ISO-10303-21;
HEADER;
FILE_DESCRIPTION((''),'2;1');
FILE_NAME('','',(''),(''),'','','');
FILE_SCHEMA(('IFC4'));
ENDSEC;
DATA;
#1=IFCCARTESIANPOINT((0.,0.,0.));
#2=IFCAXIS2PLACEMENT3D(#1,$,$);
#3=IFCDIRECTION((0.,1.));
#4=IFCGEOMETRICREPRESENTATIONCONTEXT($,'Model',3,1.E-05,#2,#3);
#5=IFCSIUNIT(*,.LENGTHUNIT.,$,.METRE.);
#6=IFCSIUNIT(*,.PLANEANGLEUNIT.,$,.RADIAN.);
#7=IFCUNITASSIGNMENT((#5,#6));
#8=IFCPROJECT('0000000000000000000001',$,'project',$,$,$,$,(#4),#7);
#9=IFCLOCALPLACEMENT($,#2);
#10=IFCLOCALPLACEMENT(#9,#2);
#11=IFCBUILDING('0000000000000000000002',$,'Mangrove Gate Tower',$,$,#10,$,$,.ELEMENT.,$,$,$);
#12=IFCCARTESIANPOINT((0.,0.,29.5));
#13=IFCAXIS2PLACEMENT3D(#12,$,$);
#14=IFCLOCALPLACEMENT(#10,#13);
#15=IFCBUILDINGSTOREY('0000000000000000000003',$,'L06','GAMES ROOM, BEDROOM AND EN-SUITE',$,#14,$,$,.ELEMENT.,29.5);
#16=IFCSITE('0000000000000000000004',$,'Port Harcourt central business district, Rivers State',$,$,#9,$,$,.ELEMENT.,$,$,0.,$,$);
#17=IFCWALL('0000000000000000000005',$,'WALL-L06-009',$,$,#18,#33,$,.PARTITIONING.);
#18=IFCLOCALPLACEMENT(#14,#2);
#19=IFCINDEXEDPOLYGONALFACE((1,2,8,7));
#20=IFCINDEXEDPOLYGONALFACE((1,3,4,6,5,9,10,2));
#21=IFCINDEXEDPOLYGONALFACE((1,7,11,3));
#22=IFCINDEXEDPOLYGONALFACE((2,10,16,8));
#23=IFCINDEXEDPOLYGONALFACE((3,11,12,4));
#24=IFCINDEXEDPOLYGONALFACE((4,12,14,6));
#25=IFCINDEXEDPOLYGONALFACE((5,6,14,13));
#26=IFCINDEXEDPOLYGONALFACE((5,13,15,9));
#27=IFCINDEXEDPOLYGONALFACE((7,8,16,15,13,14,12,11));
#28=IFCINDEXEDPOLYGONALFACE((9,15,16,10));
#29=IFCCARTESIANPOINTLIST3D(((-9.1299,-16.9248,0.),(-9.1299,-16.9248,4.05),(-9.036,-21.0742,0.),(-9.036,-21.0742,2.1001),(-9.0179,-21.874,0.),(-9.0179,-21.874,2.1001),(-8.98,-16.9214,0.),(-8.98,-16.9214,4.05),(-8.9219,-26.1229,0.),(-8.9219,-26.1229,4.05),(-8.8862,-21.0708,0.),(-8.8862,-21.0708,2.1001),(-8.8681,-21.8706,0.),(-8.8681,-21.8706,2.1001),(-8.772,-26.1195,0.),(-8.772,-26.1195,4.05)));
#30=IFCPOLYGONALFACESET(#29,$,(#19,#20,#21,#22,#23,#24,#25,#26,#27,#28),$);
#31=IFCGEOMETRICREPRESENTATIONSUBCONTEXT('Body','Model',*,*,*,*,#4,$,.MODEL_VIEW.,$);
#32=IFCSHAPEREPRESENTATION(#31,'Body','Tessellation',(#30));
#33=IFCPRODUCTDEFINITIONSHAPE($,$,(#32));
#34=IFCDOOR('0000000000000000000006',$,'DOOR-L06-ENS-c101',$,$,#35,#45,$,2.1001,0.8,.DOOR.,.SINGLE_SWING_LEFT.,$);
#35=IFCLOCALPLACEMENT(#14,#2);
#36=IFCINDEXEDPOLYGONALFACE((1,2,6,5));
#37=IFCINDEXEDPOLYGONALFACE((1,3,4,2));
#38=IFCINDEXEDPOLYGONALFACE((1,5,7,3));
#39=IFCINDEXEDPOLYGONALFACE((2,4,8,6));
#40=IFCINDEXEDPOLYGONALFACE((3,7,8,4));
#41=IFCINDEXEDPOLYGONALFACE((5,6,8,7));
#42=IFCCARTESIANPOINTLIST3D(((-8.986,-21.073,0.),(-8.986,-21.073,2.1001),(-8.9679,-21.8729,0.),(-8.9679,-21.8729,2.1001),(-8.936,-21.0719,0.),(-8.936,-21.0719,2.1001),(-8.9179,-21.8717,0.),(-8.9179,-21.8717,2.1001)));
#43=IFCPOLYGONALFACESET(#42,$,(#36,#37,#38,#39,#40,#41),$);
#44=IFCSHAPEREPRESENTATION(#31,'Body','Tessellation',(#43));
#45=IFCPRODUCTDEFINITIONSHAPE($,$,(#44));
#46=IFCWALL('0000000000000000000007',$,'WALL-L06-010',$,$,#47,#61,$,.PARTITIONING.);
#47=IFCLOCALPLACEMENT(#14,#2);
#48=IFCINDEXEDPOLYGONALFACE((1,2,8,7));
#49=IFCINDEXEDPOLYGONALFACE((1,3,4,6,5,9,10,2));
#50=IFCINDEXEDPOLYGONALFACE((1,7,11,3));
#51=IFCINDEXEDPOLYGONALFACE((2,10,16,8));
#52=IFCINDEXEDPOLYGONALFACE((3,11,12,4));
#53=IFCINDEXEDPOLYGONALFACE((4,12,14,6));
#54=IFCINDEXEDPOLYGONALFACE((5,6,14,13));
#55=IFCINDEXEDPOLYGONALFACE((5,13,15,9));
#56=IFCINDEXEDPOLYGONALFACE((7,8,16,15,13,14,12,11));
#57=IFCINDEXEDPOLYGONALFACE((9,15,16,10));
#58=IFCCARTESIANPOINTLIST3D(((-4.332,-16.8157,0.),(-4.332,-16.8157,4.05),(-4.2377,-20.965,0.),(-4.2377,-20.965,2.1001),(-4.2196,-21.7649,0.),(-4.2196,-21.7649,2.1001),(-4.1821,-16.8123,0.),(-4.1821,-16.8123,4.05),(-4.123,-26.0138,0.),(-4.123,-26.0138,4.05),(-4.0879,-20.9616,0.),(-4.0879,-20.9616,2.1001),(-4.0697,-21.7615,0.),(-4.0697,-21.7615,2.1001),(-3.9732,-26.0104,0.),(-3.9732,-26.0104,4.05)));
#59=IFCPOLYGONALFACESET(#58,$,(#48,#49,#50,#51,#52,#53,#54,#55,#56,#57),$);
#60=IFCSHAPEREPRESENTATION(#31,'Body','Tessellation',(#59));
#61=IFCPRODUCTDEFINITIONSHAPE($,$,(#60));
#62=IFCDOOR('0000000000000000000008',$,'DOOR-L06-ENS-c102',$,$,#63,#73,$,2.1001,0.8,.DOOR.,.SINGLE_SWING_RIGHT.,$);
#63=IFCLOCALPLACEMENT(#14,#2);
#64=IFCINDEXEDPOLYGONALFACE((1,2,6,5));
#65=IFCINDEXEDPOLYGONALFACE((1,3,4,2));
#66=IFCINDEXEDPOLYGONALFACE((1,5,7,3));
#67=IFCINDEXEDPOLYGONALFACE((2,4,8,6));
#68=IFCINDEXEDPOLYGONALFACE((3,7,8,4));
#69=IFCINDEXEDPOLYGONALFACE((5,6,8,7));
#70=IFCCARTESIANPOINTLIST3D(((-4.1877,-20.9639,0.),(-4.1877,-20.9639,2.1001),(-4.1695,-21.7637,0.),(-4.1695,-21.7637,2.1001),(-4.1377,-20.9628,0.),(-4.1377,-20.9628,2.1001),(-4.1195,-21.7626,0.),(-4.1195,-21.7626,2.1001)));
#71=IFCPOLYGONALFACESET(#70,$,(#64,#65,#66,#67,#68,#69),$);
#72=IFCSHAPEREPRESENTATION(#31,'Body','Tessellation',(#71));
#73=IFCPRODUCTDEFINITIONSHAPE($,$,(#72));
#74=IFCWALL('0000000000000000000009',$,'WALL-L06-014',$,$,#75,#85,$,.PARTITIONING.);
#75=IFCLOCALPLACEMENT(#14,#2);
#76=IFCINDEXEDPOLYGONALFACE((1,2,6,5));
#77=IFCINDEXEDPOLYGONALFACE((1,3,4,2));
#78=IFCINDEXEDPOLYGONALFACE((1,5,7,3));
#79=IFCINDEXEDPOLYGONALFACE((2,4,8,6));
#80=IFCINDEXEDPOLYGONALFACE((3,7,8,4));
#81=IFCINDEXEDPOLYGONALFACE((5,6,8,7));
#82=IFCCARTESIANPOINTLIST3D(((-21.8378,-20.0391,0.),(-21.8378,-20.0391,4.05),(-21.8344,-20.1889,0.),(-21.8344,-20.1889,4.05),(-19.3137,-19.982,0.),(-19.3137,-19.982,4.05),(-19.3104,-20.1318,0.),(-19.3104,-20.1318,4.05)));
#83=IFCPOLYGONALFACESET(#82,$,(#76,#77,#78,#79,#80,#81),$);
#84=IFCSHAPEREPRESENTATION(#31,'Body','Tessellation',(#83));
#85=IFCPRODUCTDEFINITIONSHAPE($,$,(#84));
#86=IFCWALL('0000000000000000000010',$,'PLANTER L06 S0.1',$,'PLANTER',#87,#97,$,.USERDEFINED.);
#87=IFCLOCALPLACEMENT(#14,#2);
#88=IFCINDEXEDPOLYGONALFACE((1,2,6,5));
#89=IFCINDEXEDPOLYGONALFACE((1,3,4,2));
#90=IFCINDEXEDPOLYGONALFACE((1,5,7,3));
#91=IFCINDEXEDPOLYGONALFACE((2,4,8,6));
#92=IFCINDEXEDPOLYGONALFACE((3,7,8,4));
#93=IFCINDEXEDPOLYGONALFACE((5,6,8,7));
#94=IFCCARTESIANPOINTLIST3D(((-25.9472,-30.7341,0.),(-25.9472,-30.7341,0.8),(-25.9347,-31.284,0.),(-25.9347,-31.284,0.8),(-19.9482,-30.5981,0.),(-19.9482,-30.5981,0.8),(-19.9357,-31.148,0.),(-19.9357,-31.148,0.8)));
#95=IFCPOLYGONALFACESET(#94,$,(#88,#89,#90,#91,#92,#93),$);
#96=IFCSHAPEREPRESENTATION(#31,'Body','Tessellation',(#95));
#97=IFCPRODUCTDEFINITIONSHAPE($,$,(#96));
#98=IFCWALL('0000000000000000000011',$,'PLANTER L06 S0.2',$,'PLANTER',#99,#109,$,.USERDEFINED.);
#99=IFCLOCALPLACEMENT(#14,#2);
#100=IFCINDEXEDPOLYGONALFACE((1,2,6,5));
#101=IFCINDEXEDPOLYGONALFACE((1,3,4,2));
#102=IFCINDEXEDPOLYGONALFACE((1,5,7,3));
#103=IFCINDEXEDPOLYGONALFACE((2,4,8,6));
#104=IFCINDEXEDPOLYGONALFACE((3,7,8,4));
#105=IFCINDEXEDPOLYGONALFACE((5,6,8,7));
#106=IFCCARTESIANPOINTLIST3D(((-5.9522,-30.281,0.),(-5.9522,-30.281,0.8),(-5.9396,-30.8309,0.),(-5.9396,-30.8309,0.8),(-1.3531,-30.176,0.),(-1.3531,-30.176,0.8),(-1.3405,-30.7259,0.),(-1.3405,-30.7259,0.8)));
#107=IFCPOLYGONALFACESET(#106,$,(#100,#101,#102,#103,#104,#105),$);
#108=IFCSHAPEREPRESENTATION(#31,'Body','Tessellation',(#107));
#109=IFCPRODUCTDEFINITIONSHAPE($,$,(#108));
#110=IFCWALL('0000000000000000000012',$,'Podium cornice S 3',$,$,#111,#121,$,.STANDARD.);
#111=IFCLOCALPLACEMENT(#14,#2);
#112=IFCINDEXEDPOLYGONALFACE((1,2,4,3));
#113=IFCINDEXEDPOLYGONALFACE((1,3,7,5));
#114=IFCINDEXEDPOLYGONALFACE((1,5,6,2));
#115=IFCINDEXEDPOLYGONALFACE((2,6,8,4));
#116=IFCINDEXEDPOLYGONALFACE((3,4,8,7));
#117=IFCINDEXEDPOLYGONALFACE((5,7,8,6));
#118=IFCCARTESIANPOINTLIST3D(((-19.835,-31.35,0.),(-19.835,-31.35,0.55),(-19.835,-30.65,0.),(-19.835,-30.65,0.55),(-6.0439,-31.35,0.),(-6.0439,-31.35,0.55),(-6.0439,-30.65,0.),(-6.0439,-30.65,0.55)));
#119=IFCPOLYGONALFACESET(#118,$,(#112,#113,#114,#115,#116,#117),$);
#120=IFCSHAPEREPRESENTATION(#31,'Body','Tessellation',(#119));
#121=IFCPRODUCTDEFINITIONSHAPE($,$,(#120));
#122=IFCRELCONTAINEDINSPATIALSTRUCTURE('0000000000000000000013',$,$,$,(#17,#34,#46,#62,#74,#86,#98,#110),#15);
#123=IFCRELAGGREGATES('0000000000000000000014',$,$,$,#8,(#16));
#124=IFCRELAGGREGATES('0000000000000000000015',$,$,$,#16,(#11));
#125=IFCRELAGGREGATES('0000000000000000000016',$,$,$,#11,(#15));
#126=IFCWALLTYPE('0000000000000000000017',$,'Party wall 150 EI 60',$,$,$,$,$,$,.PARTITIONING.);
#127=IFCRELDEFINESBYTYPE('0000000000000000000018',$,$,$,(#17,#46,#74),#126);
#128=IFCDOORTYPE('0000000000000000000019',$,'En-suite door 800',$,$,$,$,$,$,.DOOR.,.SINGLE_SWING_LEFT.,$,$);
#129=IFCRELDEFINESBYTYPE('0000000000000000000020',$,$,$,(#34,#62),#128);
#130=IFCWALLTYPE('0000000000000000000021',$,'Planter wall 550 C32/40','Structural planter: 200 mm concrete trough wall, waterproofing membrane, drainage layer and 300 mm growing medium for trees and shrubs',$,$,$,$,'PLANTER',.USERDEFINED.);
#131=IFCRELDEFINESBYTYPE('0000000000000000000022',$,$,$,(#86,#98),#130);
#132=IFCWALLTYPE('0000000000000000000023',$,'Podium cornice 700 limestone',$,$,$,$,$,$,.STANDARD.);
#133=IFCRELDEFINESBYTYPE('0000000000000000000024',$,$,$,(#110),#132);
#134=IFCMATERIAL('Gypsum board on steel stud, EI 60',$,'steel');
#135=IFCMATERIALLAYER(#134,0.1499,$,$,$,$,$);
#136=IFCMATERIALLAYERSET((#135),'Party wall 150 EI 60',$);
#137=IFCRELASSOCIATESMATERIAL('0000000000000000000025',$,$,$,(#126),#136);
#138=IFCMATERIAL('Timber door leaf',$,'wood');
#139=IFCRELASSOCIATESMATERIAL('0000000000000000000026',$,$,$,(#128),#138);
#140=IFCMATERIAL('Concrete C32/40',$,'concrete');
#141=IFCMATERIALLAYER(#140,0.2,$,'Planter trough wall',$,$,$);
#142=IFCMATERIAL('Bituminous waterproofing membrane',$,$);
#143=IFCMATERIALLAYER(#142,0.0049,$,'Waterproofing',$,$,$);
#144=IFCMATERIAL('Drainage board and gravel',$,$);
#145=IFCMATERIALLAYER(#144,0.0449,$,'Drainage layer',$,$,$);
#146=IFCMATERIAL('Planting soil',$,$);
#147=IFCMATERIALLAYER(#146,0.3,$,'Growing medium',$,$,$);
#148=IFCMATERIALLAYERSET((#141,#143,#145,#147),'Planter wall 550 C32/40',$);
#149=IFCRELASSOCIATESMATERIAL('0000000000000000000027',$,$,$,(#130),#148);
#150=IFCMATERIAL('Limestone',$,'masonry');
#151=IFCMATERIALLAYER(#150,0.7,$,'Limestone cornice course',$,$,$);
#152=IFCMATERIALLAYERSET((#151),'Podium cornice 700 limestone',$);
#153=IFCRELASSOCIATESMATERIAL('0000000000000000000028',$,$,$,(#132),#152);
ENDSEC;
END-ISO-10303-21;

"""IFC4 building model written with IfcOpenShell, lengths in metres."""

from ifc_helpers import new_model, si_unit, direction, frame, frame_2d, origin, place, context, subcontext, project, spatial, rectangle, extrude, material, layer, layer_set, type_object, element, fill, save


model = new_model("IFC4")

# Units and contexts
model_context = context("Model", 3, precision=1e-05, world=origin(), true_north=direction((0.0, 1.0)))
body_context = subcontext(model_context, "Body", "Model", "MODEL_VIEW")
ifc_project = project(units=[si_unit("LENGTHUNIT", "METRE"), si_unit("PLANEANGLEUNIT", "RADIAN")], contexts=[model_context])

# Site, building, storey
site_placement = place(None, origin())
site = spatial("IfcSite", under=ifc_project, at=site_placement, Name="Port Harcourt central business district, Rivers State", CompositionType="ELEMENT", RefElevation=0.0)
building_placement = place(site_placement, origin())
building = spatial("IfcBuilding", under=site, at=building_placement, Name="Mangrove Gate Tower", CompositionType="ELEMENT")
storey_placement = place(building_placement, frame((0.0, 0.0, 29.5)))
storey = spatial("IfcBuildingStorey", under=building, at=storey_placement, Name="L06", Description="GAMES ROOM, BEDROOM AND EN-SUITE", CompositionType="ELEMENT", Elevation=29.5)

# Shared definitions
ifc_material_1 = material(Name="Gypsum board on steel stud, EI 60", Category="steel")
ifc_layer_1 = layer(ifc_material_1, 0.1499)
ifc_layer_set_1 = layer_set([ifc_layer_1], Name="Party wall 150 EI 60")
wall_type_1 = type_object("IfcWallType", Name="Party wall 150 EI 60", PredefinedType="PARTITIONING", material=ifc_layer_set_1)

# Walls, openings, doors
wall_1_placement = place(storey_placement, frame((-8.8469, -26.1211, 0.0), z_axis=(0.0, 0.0, 1.0), x_axis=(-0.022609, 0.999744, 0.0)))
wall_1 = element("IfcWall", 1, at=wall_1_placement, inside=storey, type_object=wall_type_1, Name="WALL-L06-009", PredefinedType="PARTITIONING", context=body_context, shape_type="SweptSolid", body=[
    extrude(rectangle(XDim=9.2004, YDim=0.1499, at=frame_2d((4.6001, 0.0))), origin(), (0.0, 0.0, 1.0), 4.05),
])
opening_1_placement = place(wall_1_placement, frame((4.25, 0.0, 0.0)))
opening_1 = element("IfcOpeningElement", 2, at=opening_1_placement, cuts=wall_1, PredefinedType="OPENING", context=body_context, shape_type="SweptSolid", body=[
    extrude(rectangle(XDim=0.8, YDim=2.1001, at=frame_2d((0.3999, 1.05))), frame((0.0, 0.085, 0.0), z_axis=(0.0, -1.0, 0.0), x_axis=(1.0, 0.0, 0.0)), (0.0, 0.0, 1.0), 0.1699),
])
ifc_material_2 = material(Name="Timber door leaf", Category="wood")
door_type = type_object("IfcDoorType", Name="En-suite door 800", OperationType="SINGLE_SWING_LEFT", PredefinedType="DOOR", material=ifc_material_2)
door_1_placement = place(opening_1_placement, origin())
door_1 = element("IfcDoor", 3, at=door_1_placement, inside=storey, type_object=door_type, Name="DOOR-L06-ENS-c101", OperationType="SINGLE_SWING_LEFT", OverallHeight=2.1001, OverallWidth=0.8, PredefinedType="DOOR", context=body_context, shape_type="SweptSolid", body=[
    extrude(rectangle(XDim=0.8, YDim=2.1001, at=frame_2d((0.3999, 1.05))), frame((0.0, 0.0249, 0.0), z_axis=(0.0, -1.0, 0.0), x_axis=(1.0, 0.0, 0.0)), (0.0, 0.0, 1.0), 0.05),
])
fill(opening_1, door_1)
wall_2_placement = place(storey_placement, frame((-4.0481, -26.012, 0.0), z_axis=(0.0, 0.0, 1.0), x_axis=(-0.022715, 0.999742, 0.0)))
wall_2 = element("IfcWall", 4, at=wall_2_placement, inside=storey, type_object=wall_type_1, Name="WALL-L06-010", PredefinedType="PARTITIONING", context=body_context, shape_type="SweptSolid", body=[
    extrude(rectangle(XDim=9.2004, YDim=0.1499, at=frame_2d((4.6001, 0.0))), origin(), (0.0, 0.0, 1.0), 4.05),
])
opening_2_placement = place(wall_2_placement, frame((4.25, 0.0, 0.0)))
opening_2 = element("IfcOpeningElement", 5, at=opening_2_placement, cuts=wall_2, PredefinedType="OPENING", context=body_context, shape_type="SweptSolid", body=[
    extrude(rectangle(XDim=0.8, YDim=2.1001, at=frame_2d((0.3999, 1.05))), frame((0.0, 0.085, 0.0), z_axis=(0.0, -1.0, 0.0), x_axis=(1.0, 0.0, 0.0)), (0.0, 0.0, 1.0), 0.1699),
])
door_2_placement = place(opening_2_placement, origin())
door_2 = element("IfcDoor", 6, at=door_2_placement, inside=storey, type_object=door_type, Name="DOOR-L06-ENS-c102", OperationType="SINGLE_SWING_RIGHT", OverallHeight=2.1001, OverallWidth=0.8, PredefinedType="DOOR", context=body_context, shape_type="SweptSolid", body=[
    extrude(rectangle(XDim=0.8, YDim=2.1001, at=frame_2d((0.3999, 1.05))), frame((0.0, 0.0249, 0.0), z_axis=(0.0, -1.0, 0.0), x_axis=(1.0, 0.0, 0.0)), (0.0, 0.0, 1.0), 0.05),
])
fill(opening_2, door_2)

# Walls
wall_3_placement = place(storey_placement, frame((-21.8359, -20.114, 0.0), z_axis=(0.0, 0.0, 1.0), x_axis=(0.999744, 0.022629, 0.0)))
element("IfcWall", 7, at=wall_3_placement, inside=storey, type_object=wall_type_1, Name="WALL-L06-014", PredefinedType="PARTITIONING", context=body_context, shape_type="SweptSolid", body=[
    extrude(rectangle(XDim=2.5247, YDim=0.1499, at=frame_2d((1.2622, 0.0))), origin(), (0.0, 0.0, 1.0), 4.05),
])
ifc_material_3 = material(Name="Concrete C32/40", Category="concrete")
ifc_layer_2 = layer(ifc_material_3, 0.2, Name="Planter trough wall")
ifc_material_4 = material(Name="Bituminous waterproofing membrane")
ifc_layer_3 = layer(ifc_material_4, 0.0049, Name="Waterproofing")
ifc_material_5 = material(Name="Drainage board and gravel")
ifc_layer_4 = layer(ifc_material_5, 0.0449, Name="Drainage layer")
ifc_material_6 = material(Name="Planting soil")
ifc_layer_5 = layer(ifc_material_6, 0.3, Name="Growing medium")
ifc_layer_set_2 = layer_set([ifc_layer_2, ifc_layer_3, ifc_layer_4, ifc_layer_5], Name="Planter wall 550 C32/40")
wall_type_2 = type_object("IfcWallType", Name="Planter wall 550 C32/40", Description="Structural planter: 200 mm concrete trough wall, waterproofing membrane, drainage layer and 300 mm growing medium for trees and shrubs", ElementType="PLANTER", PredefinedType="USERDEFINED", material=ifc_layer_set_2)
wall_4_placement = place(storey_placement, frame((-25.9409, -31.009, 0.0), z_axis=(0.0, 0.0, 1.0), x_axis=(0.999743, 0.022662, 0.0)))
element("IfcWall", 8, at=wall_4_placement, inside=storey, type_object=wall_type_2, Name="PLANTER L06 S0.1", ObjectType="PLANTER", PredefinedType="USERDEFINED", context=body_context, shape_type="SweptSolid", body=[
    extrude(rectangle(XDim=6.0005, YDim=0.55, at=frame_2d((3.0002, 0.0))), origin(), (0.0, 0.0, 1.0), 0.8),
])
wall_5_placement = place(storey_placement, frame((-5.946, -30.5559, 0.0), z_axis=(0.0, 0.0, 1.0), x_axis=(0.99974, 0.02282, 0.0)))
element("IfcWall", 9, at=wall_5_placement, inside=storey, type_object=wall_type_2, Name="PLANTER L06 S0.2", ObjectType="PLANTER", PredefinedType="USERDEFINED", context=body_context, shape_type="SweptSolid", body=[
    extrude(rectangle(XDim=4.6003, YDim=0.55, at=frame_2d((2.3003, 0.0))), origin(), (0.0, 0.0, 1.0), 0.8),
])
ifc_material_7 = material(Name="Limestone", Category="masonry")
ifc_layer_6 = layer(ifc_material_7, 0.7, Name="Limestone cornice course")
ifc_layer_set_3 = layer_set([ifc_layer_6], Name="Podium cornice 700 limestone")
wall_type_3 = type_object("IfcWallType", Name="Podium cornice 700 limestone", PredefinedType="STANDARD", material=ifc_layer_set_3)
wall_6_placement = place(storey_placement, frame((-19.835, -31.0, 0.0), z_axis=(0.0, 0.0, 1.0), x_axis=(1.0, 0.0, 0.0)))
element("IfcWall", 10, at=wall_6_placement, inside=storey, type_object=wall_type_3, Name="Podium cornice S 3", PredefinedType="STANDARD", context=body_context, shape_type="SweptSolid", body=[
    extrude(rectangle(XDim=13.791, YDim=0.7, at=frame_2d((6.8955, 0.0))), origin(), (0.0, 0.0, 1.0), 0.55),
])

save(model, "model.ifc")
